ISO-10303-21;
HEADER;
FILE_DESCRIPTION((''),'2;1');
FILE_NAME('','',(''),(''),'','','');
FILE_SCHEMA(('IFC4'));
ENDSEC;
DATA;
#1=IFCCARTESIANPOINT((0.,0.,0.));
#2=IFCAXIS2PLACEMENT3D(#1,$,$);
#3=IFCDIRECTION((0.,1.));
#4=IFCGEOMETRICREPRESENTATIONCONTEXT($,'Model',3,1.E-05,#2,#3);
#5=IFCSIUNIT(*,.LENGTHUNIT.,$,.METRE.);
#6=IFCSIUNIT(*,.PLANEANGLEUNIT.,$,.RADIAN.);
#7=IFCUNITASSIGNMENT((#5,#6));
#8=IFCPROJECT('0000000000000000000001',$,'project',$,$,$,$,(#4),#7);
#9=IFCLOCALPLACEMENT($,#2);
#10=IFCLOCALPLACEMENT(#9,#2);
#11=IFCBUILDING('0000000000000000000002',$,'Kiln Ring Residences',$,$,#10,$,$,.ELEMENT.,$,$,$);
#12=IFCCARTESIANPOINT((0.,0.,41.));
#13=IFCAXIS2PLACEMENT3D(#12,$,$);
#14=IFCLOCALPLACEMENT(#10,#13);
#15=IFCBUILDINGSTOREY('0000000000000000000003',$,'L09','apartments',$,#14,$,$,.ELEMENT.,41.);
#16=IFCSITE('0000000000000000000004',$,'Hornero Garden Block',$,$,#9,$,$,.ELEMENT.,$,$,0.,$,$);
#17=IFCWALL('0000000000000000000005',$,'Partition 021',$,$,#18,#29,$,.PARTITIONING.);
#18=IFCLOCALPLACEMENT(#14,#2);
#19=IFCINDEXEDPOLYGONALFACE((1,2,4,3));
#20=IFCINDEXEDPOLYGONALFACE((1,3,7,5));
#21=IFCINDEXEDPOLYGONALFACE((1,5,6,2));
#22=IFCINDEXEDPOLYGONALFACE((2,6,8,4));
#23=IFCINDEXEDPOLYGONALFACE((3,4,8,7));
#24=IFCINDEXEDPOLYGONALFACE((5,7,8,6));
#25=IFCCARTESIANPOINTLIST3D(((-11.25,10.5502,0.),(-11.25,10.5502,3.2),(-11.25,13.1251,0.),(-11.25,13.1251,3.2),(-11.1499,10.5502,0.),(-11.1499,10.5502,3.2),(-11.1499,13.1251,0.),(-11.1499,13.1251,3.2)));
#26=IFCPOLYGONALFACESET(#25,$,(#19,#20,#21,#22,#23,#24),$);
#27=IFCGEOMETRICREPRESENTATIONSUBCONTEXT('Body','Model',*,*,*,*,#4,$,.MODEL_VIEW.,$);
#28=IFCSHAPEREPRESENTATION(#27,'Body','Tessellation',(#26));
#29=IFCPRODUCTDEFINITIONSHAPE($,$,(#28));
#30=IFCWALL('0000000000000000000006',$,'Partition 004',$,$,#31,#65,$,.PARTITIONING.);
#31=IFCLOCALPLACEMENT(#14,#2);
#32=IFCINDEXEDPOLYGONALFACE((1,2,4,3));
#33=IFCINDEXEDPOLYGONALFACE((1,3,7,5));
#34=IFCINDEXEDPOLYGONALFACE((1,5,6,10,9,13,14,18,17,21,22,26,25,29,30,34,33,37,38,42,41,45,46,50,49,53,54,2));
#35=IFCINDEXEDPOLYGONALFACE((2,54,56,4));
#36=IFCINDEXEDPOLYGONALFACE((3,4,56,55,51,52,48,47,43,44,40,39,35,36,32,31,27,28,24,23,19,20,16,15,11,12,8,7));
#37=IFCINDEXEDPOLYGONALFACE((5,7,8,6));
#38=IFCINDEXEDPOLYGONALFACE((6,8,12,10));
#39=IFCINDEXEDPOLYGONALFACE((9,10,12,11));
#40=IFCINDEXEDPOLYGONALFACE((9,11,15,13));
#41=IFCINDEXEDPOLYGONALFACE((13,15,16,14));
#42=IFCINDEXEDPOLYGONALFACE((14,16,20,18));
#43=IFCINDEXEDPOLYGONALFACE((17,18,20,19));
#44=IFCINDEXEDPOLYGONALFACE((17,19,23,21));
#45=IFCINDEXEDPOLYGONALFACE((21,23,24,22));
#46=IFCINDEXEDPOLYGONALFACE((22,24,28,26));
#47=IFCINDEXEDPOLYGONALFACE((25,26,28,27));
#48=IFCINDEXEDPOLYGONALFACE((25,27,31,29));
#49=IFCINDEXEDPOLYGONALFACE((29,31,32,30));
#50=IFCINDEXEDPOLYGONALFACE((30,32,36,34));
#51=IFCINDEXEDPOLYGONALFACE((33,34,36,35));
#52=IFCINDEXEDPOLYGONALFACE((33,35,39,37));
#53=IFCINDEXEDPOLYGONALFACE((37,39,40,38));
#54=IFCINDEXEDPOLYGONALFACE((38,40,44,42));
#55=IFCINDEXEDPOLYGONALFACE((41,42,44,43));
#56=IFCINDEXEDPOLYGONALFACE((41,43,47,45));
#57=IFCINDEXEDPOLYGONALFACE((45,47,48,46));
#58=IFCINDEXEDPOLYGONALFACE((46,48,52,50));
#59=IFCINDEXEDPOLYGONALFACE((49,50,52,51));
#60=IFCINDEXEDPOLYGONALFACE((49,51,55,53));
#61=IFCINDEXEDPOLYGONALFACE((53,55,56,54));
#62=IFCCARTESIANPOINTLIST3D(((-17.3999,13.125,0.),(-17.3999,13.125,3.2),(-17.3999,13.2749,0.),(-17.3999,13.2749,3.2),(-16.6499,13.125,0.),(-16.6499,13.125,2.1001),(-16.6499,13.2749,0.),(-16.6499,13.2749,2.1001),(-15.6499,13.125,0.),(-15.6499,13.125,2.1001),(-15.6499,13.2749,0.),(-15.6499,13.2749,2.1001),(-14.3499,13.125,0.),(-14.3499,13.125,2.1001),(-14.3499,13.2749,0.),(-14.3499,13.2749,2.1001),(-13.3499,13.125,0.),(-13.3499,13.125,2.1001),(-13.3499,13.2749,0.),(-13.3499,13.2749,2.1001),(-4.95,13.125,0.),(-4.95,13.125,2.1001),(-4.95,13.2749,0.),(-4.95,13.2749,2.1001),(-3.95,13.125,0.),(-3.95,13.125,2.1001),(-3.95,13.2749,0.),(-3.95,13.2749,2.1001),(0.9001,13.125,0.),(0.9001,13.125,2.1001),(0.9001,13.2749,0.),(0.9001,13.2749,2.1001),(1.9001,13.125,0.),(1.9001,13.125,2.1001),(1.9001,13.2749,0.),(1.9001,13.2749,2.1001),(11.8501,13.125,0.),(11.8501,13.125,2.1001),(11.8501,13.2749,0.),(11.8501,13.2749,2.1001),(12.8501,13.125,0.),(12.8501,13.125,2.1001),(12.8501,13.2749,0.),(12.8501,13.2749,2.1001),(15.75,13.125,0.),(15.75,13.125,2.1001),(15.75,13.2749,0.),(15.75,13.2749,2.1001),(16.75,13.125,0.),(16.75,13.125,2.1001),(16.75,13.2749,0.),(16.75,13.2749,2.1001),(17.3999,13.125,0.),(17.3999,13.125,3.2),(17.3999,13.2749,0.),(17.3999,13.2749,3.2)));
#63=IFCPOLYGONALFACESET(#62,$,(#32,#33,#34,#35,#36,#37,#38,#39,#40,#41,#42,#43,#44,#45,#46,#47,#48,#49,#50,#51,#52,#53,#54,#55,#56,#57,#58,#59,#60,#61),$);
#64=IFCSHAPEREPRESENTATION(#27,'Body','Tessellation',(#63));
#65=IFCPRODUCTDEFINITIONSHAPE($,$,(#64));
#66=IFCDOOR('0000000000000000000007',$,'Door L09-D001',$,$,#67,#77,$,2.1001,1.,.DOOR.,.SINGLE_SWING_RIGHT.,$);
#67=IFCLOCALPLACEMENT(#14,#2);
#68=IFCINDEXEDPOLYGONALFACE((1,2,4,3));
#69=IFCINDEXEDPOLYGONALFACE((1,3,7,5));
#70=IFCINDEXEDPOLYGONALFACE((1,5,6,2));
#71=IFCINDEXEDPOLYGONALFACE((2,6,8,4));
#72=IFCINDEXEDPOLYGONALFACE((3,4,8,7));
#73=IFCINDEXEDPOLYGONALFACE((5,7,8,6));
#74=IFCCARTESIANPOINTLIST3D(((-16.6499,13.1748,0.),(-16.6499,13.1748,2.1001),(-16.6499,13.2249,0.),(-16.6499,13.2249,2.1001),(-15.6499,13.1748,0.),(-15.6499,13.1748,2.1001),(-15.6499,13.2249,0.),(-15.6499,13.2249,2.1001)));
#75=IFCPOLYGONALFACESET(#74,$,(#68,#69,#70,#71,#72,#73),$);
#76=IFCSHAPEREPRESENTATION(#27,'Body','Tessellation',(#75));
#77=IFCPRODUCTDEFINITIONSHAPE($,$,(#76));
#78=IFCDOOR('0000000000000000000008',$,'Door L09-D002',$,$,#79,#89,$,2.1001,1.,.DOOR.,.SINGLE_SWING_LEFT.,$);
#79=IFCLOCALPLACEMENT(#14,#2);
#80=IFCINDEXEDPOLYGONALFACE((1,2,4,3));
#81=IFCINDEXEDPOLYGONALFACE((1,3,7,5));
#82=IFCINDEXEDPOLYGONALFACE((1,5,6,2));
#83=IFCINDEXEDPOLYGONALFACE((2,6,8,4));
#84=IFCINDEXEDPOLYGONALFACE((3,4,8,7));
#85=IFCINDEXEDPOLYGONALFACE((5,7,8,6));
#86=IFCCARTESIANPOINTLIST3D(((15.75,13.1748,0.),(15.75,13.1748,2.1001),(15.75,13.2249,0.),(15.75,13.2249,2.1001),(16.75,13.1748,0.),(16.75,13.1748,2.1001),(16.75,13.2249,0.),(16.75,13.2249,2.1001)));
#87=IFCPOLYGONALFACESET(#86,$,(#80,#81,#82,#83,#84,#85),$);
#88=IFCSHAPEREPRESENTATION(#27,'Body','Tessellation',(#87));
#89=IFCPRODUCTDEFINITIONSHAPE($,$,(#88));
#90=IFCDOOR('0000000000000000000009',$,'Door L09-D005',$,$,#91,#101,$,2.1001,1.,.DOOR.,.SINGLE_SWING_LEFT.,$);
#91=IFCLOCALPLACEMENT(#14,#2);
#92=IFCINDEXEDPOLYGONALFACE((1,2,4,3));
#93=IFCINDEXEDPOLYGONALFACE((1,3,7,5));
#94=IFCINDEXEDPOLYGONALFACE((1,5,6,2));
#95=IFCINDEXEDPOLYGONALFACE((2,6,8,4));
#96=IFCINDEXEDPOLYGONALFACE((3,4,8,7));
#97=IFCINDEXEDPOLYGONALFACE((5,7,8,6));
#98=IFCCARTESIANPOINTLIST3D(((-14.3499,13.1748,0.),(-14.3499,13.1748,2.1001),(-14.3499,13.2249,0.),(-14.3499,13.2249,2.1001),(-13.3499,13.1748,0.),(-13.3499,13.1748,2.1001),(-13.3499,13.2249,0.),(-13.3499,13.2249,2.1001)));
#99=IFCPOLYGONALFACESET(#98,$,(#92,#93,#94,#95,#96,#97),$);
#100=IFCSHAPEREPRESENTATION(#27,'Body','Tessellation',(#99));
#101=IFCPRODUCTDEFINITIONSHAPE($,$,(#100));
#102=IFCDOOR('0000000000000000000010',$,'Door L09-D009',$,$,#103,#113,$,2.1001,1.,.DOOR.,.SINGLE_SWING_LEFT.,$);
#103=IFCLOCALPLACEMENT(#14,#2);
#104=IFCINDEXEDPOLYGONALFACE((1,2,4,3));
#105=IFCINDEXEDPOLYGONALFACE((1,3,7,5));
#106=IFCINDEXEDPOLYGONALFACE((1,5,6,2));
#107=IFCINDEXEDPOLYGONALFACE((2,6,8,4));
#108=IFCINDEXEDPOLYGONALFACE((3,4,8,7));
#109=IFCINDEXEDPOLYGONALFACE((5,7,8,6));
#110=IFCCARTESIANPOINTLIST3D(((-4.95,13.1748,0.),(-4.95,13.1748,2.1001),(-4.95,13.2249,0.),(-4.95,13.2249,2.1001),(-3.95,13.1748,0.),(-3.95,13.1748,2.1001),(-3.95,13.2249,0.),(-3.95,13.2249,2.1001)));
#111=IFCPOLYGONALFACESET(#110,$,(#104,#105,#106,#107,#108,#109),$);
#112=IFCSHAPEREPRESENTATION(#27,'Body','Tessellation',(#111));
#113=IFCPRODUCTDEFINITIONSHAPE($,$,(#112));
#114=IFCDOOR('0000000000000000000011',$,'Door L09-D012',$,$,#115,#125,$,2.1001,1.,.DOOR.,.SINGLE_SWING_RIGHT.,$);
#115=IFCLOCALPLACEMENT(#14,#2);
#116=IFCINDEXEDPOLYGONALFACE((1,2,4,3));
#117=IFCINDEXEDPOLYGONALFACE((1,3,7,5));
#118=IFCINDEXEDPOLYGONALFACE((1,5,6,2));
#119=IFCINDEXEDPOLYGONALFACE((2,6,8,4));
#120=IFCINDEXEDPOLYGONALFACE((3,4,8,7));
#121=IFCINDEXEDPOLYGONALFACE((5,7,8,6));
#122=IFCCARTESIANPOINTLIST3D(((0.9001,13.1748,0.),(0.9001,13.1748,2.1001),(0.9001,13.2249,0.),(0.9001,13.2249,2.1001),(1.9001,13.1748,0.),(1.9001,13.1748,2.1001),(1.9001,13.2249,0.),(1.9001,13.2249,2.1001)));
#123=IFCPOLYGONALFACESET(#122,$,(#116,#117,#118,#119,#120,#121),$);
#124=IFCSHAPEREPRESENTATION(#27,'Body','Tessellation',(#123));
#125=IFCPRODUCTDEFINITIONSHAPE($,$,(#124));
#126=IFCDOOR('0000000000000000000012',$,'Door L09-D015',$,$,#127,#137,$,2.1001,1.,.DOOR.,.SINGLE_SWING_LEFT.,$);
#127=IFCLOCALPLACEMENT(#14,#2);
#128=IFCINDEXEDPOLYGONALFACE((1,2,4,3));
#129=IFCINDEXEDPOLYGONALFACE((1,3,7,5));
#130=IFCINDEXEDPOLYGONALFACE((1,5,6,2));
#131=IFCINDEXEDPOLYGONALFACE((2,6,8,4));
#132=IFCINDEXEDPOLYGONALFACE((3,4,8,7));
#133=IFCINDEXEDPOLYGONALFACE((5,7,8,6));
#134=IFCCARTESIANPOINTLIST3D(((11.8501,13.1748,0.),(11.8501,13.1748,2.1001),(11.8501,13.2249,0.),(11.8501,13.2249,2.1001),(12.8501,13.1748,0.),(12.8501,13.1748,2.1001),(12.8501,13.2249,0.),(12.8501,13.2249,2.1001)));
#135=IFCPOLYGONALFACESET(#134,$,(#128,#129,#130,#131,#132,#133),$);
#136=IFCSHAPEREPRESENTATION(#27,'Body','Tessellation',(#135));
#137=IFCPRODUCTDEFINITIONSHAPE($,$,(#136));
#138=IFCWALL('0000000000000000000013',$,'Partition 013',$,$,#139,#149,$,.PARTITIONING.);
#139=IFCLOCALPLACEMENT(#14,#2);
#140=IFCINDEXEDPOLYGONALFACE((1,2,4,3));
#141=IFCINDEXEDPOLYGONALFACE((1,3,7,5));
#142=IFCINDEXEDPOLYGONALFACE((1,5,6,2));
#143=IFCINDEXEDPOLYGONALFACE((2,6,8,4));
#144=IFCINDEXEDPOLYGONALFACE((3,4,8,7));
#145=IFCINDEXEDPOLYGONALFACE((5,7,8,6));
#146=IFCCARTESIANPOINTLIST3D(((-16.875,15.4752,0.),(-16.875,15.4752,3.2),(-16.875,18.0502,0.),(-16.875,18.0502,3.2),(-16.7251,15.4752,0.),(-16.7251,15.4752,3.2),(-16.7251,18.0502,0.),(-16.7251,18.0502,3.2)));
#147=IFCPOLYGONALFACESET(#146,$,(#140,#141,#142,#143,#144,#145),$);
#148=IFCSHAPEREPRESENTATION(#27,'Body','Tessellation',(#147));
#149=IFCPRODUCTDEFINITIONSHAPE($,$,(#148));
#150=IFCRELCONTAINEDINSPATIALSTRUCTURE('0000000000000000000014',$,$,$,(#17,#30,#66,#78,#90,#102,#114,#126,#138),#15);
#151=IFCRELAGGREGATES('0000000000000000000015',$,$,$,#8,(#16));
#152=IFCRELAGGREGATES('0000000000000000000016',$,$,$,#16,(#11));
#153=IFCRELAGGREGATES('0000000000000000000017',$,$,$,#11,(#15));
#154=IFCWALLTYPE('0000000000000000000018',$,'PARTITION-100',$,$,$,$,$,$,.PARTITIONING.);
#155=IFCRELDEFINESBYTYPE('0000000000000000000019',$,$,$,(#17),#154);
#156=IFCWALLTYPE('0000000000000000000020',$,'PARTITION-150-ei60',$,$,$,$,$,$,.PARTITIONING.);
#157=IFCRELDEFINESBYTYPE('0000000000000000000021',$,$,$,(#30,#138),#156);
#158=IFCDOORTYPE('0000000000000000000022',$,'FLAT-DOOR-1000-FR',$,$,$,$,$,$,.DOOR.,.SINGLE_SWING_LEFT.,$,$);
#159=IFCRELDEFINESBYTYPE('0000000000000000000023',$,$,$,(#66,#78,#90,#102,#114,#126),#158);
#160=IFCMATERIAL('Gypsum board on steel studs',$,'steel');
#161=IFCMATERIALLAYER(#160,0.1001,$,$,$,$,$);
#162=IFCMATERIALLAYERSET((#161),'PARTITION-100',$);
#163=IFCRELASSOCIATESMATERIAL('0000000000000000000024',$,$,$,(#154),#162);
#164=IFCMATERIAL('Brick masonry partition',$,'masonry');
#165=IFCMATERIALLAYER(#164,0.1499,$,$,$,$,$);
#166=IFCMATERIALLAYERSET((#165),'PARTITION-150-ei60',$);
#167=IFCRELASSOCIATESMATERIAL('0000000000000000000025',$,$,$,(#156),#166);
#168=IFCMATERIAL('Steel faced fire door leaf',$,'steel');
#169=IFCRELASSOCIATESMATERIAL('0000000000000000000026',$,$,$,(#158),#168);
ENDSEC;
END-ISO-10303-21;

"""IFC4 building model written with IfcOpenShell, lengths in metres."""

from ifc_helpers import new_model, si_unit, direction, frame, frame_2d, origin, place, context, subcontext, project, spatial, rectangle, extrude, material, layer, layer_set, type_object, element, fill, save


model = new_model("IFC4")

# Units and contexts
model_context = context("Model", 3, precision=1e-05, world=origin(), true_north=direction((0.0, 1.0)))
body_context = subcontext(model_context, "Body", "Model", "MODEL_VIEW")
ifc_project = project(units=[si_unit("LENGTHUNIT", "METRE"), si_unit("PLANEANGLEUNIT", "RADIAN")], contexts=[model_context])

# Site, building, storey
site_placement = place(None, origin())
site = spatial("IfcSite", under=ifc_project, at=site_placement, Name="Hornero Garden Block", CompositionType="ELEMENT", RefElevation=0.0)
building_placement = place(site_placement, origin())
building = spatial("IfcBuilding", under=site, at=building_placement, Name="Kiln Ring Residences", CompositionType="ELEMENT")
storey_placement = place(building_placement, frame((0.0, 0.0, 41.0)))
storey = spatial("IfcBuildingStorey", under=building, at=storey_placement, Name="L09", Description="apartments", CompositionType="ELEMENT", Elevation=41.0)

# Shared definitions
ifc_material_1 = material(Name="Gypsum board on steel studs", Category="steel")
ifc_layer_1 = layer(ifc_material_1, 0.1001)
ifc_layer_set_1 = layer_set([ifc_layer_1], Name="PARTITION-100")
wall_type_1 = type_object("IfcWallType", Name="PARTITION-100", PredefinedType="PARTITIONING", material=ifc_layer_set_1)

# Wall
wall_1_placement = place(storey_placement, frame((-11.2, 10.55, 0.0), z_axis=(0.0, 0.0, 1.0), x_axis=(0.0, 1.0, 0.0)))
element("IfcWall", 1, at=wall_1_placement, inside=storey, type_object=wall_type_1, Name="Partition 021", PredefinedType="PARTITIONING", context=body_context, shape_type="SweptSolid", body=[
    extrude(rectangle(XDim=2.575, YDim=0.1001, at=frame_2d((1.2876, 0.0))), origin(), (0.0, 0.0, 1.0), 3.2),
])

# Wall, openings, doors
ifc_material_2 = material(Name="Brick masonry partition", Category="masonry")
ifc_layer_2 = layer(ifc_material_2, 0.1499)
ifc_layer_set_2 = layer_set([ifc_layer_2], Name="PARTITION-150-ei60")
wall_type_2 = type_object("IfcWallType", Name="PARTITION-150-ei60", PredefinedType="PARTITIONING", material=ifc_layer_set_2)
wall_2_placement = place(storey_placement, frame((-17.3999, 13.2, 0.0), z_axis=(0.0, 0.0, 1.0), x_axis=(1.0, 0.0, 0.0)))
wall_2 = element("IfcWall", 2, at=wall_2_placement, inside=storey, type_object=wall_type_2, Name="Partition 004", PredefinedType="PARTITIONING", context=body_context, shape_type="SweptSolid", body=[
    extrude(rectangle(XDim=34.7998, YDim=0.1499, at=frame_2d((17.3999, 0.0))), origin(), (0.0, 0.0, 1.0), 3.2),
])
opening_1_placement = place(wall_2_placement, frame((0.75, 0.0, 0.0)))
opening_1 = element("IfcOpeningElement", 3, at=opening_1_placement, cuts=wall_2, PredefinedType="OPENING", context=body_context, shape_type="SweptSolid", body=[
    extrude(rectangle(XDim=1.0, YDim=2.1001, at=frame_2d((0.5, 1.05))), frame((0.0, 0.085, 0.0), z_axis=(0.0, -1.0, 0.0), x_axis=(1.0, 0.0, 0.0)), (0.0, 0.0, 1.0), 0.1699),
])
opening_2_placement = place(wall_2_placement, frame((33.1499, 0.0, 0.0)))
opening_2 = element("IfcOpeningElement", 4, at=opening_2_placement, cuts=wall_2, PredefinedType="OPENING", context=body_context, shape_type="SweptSolid", body=[
    extrude(rectangle(XDim=1.0, YDim=2.1001, at=frame_2d((0.5, 1.05))), frame((0.0, 0.085, 0.0), z_axis=(0.0, -1.0, 0.0), x_axis=(1.0, 0.0, 0.0)), (0.0, 0.0, 1.0), 0.1699),
])
opening_3_placement = place(wall_2_placement, frame((3.05, 0.0, 0.0)))
opening_3 = element("IfcOpeningElement", 5, at=opening_3_placement, cuts=wall_2, PredefinedType="OPENING", context=body_context, shape_type="SweptSolid", body=[
    extrude(rectangle(XDim=1.0, YDim=2.1001, at=frame_2d((0.5, 1.05))), frame((0.0, 0.085, 0.0), z_axis=(0.0, -1.0, 0.0), x_axis=(1.0, 0.0, 0.0)), (0.0, 0.0, 1.0), 0.1699),
])
opening_4_placement = place(wall_2_placement, frame((12.45, 0.0, 0.0)))
opening_4 = element("IfcOpeningElement", 6, at=opening_4_placement, cuts=wall_2, PredefinedType="OPENING", context=body_context, shape_type="SweptSolid", body=[
    extrude(rectangle(XDim=1.0, YDim=2.1001, at=frame_2d((0.5, 1.05))), frame((0.0, 0.085, 0.0), z_axis=(0.0, -1.0, 0.0), x_axis=(1.0, 0.0, 0.0)), (0.0, 0.0, 1.0), 0.1699),
])
opening_5_placement = place(wall_2_placement, frame((18.3, 0.0, 0.0)))
opening_5 = element("IfcOpeningElement", 7, at=opening_5_placement, cuts=wall_2, PredefinedType="OPENING", context=body_context, shape_type="SweptSolid", body=[
    extrude(rectangle(XDim=1.0, YDim=2.1001, at=frame_2d((0.5, 1.05))), frame((0.0, 0.085, 0.0), z_axis=(0.0, -1.0, 0.0), x_axis=(1.0, 0.0, 0.0)), (0.0, 0.0, 1.0), 0.1699),
])
opening_6_placement = place(wall_2_placement, frame((29.25, 0.0, 0.0)))
opening_6 = element("IfcOpeningElement", 8, at=opening_6_placement, cuts=wall_2, PredefinedType="OPENING", context=body_context, shape_type="SweptSolid", body=[
    extrude(rectangle(XDim=1.0, YDim=2.1001, at=frame_2d((0.5, 1.05))), frame((0.0, 0.085, 0.0), z_axis=(0.0, -1.0, 0.0), x_axis=(1.0, 0.0, 0.0)), (0.0, 0.0, 1.0), 0.1699),
])
ifc_material_3 = material(Name="Steel faced fire door leaf", Category="steel")
door_type_1 = type_object("IfcDoorType", Name="FLAT-DOOR-1000-FR", OperationType="SINGLE_SWING_LEFT", PredefinedType="DOOR", material=ifc_material_3)
door_1_placement = place(opening_1_placement, origin())
door_1 = element("IfcDoor", 9, at=door_1_placement, inside=storey, type_object=door_type_1, Name="Door L09-D001", OperationType="SINGLE_SWING_RIGHT", OverallHeight=2.1001, OverallWidth=1.0, PredefinedType="DOOR", context=body_context, shape_type="SweptSolid", body=[
    extrude(rectangle(XDim=1.0, YDim=2.1001, at=frame_2d((0.5, 1.05))), frame((0.0, 0.0249, 0.0), z_axis=(0.0, -1.0, 0.0), x_axis=(1.0, 0.0, 0.0)), (0.0, 0.0, 1.0), 0.05),
])
fill(opening_1, door_1)
door_2_placement = place(opening_2_placement, origin())
door_2 = element("IfcDoor", 10, at=door_2_placement, inside=storey, type_object=door_type_1, Name="Door L09-D002", OperationType="SINGLE_SWING_LEFT", OverallHeight=2.1001, OverallWidth=1.0, PredefinedType="DOOR", context=body_context, shape_type="SweptSolid", body=[
    extrude(rectangle(XDim=1.0, YDim=2.1001, at=frame_2d((0.5, 1.05))), frame((0.0, 0.0249, 0.0), z_axis=(0.0, -1.0, 0.0), x_axis=(1.0, 0.0, 0.0)), (0.0, 0.0, 1.0), 0.05),
])
fill(opening_2, door_2)
door_3_placement = place(opening_3_placement, origin())
door_3 = element("IfcDoor", 11, at=door_3_placement, inside=storey, type_object=door_type_1, Name="Door L09-D005", OperationType="SINGLE_SWING_LEFT", OverallHeight=2.1001, OverallWidth=1.0, PredefinedType="DOOR", context=body_context, shape_type="SweptSolid", body=[
    extrude(rectangle(XDim=1.0, YDim=2.1001, at=frame_2d((0.5, 1.05))), frame((0.0, 0.0249, 0.0), z_axis=(0.0, -1.0, 0.0), x_axis=(1.0, 0.0, 0.0)), (0.0, 0.0, 1.0), 0.05),
])
fill(opening_3, door_3)
door_4_placement = place(opening_4_placement, origin())
door_4 = element("IfcDoor", 12, at=door_4_placement, inside=storey, type_object=door_type_1, Name="Door L09-D009", OperationType="SINGLE_SWING_LEFT", OverallHeight=2.1001, OverallWidth=1.0, PredefinedType="DOOR", context=body_context, shape_type="SweptSolid", body=[
    extrude(rectangle(XDim=1.0, YDim=2.1001, at=frame_2d((0.5, 1.05))), frame((0.0, 0.0249, 0.0), z_axis=(0.0, -1.0, 0.0), x_axis=(1.0, 0.0, 0.0)), (0.0, 0.0, 1.0), 0.05),
])
fill(opening_4, door_4)
door_5_placement = place(opening_5_placement, origin())
door_5 = element("IfcDoor", 13, at=door_5_placement, inside=storey, type_object=door_type_1, Name="Door L09-D012", OperationType="SINGLE_SWING_RIGHT", OverallHeight=2.1001, OverallWidth=1.0, PredefinedType="DOOR", context=body_context, shape_type="SweptSolid", body=[
    extrude(rectangle(XDim=1.0, YDim=2.1001, at=frame_2d((0.5, 1.05))), frame((0.0, 0.0249, 0.0), z_axis=(0.0, -1.0, 0.0), x_axis=(1.0, 0.0, 0.0)), (0.0, 0.0, 1.0), 0.05),
])
fill(opening_5, door_5)
door_6_placement = place(opening_6_placement, origin())
door_6 = element("IfcDoor", 14, at=door_6_placement, inside=storey, type_object=door_type_1, Name="Door L09-D015", OperationType="SINGLE_SWING_LEFT", OverallHeight=2.1001, OverallWidth=1.0, PredefinedType="DOOR", context=body_context, shape_type="SweptSolid", body=[
    extrude(rectangle(XDim=1.0, YDim=2.1001, at=frame_2d((0.5, 1.05))), frame((0.0, 0.0249, 0.0), z_axis=(0.0, -1.0, 0.0), x_axis=(1.0, 0.0, 0.0)), (0.0, 0.0, 1.0), 0.05),
])
fill(opening_6, door_6)

# Wall
wall_3_placement = place(storey_placement, frame((-16.8, 15.4751, 0.0), z_axis=(0.0, 0.0, 1.0), x_axis=(0.0, 1.0, 0.0)))
element("IfcWall", 15, at=wall_3_placement, inside=storey, type_object=wall_type_2, Name="Partition 013", PredefinedType="PARTITIONING", context=body_context, shape_type="SweptSolid", body=[
    extrude(rectangle(XDim=2.575, YDim=0.1499, at=frame_2d((1.2876, 0.0))), origin(), (0.0, 0.0, 1.0), 3.2),
])

save(model, "model.ifc")
